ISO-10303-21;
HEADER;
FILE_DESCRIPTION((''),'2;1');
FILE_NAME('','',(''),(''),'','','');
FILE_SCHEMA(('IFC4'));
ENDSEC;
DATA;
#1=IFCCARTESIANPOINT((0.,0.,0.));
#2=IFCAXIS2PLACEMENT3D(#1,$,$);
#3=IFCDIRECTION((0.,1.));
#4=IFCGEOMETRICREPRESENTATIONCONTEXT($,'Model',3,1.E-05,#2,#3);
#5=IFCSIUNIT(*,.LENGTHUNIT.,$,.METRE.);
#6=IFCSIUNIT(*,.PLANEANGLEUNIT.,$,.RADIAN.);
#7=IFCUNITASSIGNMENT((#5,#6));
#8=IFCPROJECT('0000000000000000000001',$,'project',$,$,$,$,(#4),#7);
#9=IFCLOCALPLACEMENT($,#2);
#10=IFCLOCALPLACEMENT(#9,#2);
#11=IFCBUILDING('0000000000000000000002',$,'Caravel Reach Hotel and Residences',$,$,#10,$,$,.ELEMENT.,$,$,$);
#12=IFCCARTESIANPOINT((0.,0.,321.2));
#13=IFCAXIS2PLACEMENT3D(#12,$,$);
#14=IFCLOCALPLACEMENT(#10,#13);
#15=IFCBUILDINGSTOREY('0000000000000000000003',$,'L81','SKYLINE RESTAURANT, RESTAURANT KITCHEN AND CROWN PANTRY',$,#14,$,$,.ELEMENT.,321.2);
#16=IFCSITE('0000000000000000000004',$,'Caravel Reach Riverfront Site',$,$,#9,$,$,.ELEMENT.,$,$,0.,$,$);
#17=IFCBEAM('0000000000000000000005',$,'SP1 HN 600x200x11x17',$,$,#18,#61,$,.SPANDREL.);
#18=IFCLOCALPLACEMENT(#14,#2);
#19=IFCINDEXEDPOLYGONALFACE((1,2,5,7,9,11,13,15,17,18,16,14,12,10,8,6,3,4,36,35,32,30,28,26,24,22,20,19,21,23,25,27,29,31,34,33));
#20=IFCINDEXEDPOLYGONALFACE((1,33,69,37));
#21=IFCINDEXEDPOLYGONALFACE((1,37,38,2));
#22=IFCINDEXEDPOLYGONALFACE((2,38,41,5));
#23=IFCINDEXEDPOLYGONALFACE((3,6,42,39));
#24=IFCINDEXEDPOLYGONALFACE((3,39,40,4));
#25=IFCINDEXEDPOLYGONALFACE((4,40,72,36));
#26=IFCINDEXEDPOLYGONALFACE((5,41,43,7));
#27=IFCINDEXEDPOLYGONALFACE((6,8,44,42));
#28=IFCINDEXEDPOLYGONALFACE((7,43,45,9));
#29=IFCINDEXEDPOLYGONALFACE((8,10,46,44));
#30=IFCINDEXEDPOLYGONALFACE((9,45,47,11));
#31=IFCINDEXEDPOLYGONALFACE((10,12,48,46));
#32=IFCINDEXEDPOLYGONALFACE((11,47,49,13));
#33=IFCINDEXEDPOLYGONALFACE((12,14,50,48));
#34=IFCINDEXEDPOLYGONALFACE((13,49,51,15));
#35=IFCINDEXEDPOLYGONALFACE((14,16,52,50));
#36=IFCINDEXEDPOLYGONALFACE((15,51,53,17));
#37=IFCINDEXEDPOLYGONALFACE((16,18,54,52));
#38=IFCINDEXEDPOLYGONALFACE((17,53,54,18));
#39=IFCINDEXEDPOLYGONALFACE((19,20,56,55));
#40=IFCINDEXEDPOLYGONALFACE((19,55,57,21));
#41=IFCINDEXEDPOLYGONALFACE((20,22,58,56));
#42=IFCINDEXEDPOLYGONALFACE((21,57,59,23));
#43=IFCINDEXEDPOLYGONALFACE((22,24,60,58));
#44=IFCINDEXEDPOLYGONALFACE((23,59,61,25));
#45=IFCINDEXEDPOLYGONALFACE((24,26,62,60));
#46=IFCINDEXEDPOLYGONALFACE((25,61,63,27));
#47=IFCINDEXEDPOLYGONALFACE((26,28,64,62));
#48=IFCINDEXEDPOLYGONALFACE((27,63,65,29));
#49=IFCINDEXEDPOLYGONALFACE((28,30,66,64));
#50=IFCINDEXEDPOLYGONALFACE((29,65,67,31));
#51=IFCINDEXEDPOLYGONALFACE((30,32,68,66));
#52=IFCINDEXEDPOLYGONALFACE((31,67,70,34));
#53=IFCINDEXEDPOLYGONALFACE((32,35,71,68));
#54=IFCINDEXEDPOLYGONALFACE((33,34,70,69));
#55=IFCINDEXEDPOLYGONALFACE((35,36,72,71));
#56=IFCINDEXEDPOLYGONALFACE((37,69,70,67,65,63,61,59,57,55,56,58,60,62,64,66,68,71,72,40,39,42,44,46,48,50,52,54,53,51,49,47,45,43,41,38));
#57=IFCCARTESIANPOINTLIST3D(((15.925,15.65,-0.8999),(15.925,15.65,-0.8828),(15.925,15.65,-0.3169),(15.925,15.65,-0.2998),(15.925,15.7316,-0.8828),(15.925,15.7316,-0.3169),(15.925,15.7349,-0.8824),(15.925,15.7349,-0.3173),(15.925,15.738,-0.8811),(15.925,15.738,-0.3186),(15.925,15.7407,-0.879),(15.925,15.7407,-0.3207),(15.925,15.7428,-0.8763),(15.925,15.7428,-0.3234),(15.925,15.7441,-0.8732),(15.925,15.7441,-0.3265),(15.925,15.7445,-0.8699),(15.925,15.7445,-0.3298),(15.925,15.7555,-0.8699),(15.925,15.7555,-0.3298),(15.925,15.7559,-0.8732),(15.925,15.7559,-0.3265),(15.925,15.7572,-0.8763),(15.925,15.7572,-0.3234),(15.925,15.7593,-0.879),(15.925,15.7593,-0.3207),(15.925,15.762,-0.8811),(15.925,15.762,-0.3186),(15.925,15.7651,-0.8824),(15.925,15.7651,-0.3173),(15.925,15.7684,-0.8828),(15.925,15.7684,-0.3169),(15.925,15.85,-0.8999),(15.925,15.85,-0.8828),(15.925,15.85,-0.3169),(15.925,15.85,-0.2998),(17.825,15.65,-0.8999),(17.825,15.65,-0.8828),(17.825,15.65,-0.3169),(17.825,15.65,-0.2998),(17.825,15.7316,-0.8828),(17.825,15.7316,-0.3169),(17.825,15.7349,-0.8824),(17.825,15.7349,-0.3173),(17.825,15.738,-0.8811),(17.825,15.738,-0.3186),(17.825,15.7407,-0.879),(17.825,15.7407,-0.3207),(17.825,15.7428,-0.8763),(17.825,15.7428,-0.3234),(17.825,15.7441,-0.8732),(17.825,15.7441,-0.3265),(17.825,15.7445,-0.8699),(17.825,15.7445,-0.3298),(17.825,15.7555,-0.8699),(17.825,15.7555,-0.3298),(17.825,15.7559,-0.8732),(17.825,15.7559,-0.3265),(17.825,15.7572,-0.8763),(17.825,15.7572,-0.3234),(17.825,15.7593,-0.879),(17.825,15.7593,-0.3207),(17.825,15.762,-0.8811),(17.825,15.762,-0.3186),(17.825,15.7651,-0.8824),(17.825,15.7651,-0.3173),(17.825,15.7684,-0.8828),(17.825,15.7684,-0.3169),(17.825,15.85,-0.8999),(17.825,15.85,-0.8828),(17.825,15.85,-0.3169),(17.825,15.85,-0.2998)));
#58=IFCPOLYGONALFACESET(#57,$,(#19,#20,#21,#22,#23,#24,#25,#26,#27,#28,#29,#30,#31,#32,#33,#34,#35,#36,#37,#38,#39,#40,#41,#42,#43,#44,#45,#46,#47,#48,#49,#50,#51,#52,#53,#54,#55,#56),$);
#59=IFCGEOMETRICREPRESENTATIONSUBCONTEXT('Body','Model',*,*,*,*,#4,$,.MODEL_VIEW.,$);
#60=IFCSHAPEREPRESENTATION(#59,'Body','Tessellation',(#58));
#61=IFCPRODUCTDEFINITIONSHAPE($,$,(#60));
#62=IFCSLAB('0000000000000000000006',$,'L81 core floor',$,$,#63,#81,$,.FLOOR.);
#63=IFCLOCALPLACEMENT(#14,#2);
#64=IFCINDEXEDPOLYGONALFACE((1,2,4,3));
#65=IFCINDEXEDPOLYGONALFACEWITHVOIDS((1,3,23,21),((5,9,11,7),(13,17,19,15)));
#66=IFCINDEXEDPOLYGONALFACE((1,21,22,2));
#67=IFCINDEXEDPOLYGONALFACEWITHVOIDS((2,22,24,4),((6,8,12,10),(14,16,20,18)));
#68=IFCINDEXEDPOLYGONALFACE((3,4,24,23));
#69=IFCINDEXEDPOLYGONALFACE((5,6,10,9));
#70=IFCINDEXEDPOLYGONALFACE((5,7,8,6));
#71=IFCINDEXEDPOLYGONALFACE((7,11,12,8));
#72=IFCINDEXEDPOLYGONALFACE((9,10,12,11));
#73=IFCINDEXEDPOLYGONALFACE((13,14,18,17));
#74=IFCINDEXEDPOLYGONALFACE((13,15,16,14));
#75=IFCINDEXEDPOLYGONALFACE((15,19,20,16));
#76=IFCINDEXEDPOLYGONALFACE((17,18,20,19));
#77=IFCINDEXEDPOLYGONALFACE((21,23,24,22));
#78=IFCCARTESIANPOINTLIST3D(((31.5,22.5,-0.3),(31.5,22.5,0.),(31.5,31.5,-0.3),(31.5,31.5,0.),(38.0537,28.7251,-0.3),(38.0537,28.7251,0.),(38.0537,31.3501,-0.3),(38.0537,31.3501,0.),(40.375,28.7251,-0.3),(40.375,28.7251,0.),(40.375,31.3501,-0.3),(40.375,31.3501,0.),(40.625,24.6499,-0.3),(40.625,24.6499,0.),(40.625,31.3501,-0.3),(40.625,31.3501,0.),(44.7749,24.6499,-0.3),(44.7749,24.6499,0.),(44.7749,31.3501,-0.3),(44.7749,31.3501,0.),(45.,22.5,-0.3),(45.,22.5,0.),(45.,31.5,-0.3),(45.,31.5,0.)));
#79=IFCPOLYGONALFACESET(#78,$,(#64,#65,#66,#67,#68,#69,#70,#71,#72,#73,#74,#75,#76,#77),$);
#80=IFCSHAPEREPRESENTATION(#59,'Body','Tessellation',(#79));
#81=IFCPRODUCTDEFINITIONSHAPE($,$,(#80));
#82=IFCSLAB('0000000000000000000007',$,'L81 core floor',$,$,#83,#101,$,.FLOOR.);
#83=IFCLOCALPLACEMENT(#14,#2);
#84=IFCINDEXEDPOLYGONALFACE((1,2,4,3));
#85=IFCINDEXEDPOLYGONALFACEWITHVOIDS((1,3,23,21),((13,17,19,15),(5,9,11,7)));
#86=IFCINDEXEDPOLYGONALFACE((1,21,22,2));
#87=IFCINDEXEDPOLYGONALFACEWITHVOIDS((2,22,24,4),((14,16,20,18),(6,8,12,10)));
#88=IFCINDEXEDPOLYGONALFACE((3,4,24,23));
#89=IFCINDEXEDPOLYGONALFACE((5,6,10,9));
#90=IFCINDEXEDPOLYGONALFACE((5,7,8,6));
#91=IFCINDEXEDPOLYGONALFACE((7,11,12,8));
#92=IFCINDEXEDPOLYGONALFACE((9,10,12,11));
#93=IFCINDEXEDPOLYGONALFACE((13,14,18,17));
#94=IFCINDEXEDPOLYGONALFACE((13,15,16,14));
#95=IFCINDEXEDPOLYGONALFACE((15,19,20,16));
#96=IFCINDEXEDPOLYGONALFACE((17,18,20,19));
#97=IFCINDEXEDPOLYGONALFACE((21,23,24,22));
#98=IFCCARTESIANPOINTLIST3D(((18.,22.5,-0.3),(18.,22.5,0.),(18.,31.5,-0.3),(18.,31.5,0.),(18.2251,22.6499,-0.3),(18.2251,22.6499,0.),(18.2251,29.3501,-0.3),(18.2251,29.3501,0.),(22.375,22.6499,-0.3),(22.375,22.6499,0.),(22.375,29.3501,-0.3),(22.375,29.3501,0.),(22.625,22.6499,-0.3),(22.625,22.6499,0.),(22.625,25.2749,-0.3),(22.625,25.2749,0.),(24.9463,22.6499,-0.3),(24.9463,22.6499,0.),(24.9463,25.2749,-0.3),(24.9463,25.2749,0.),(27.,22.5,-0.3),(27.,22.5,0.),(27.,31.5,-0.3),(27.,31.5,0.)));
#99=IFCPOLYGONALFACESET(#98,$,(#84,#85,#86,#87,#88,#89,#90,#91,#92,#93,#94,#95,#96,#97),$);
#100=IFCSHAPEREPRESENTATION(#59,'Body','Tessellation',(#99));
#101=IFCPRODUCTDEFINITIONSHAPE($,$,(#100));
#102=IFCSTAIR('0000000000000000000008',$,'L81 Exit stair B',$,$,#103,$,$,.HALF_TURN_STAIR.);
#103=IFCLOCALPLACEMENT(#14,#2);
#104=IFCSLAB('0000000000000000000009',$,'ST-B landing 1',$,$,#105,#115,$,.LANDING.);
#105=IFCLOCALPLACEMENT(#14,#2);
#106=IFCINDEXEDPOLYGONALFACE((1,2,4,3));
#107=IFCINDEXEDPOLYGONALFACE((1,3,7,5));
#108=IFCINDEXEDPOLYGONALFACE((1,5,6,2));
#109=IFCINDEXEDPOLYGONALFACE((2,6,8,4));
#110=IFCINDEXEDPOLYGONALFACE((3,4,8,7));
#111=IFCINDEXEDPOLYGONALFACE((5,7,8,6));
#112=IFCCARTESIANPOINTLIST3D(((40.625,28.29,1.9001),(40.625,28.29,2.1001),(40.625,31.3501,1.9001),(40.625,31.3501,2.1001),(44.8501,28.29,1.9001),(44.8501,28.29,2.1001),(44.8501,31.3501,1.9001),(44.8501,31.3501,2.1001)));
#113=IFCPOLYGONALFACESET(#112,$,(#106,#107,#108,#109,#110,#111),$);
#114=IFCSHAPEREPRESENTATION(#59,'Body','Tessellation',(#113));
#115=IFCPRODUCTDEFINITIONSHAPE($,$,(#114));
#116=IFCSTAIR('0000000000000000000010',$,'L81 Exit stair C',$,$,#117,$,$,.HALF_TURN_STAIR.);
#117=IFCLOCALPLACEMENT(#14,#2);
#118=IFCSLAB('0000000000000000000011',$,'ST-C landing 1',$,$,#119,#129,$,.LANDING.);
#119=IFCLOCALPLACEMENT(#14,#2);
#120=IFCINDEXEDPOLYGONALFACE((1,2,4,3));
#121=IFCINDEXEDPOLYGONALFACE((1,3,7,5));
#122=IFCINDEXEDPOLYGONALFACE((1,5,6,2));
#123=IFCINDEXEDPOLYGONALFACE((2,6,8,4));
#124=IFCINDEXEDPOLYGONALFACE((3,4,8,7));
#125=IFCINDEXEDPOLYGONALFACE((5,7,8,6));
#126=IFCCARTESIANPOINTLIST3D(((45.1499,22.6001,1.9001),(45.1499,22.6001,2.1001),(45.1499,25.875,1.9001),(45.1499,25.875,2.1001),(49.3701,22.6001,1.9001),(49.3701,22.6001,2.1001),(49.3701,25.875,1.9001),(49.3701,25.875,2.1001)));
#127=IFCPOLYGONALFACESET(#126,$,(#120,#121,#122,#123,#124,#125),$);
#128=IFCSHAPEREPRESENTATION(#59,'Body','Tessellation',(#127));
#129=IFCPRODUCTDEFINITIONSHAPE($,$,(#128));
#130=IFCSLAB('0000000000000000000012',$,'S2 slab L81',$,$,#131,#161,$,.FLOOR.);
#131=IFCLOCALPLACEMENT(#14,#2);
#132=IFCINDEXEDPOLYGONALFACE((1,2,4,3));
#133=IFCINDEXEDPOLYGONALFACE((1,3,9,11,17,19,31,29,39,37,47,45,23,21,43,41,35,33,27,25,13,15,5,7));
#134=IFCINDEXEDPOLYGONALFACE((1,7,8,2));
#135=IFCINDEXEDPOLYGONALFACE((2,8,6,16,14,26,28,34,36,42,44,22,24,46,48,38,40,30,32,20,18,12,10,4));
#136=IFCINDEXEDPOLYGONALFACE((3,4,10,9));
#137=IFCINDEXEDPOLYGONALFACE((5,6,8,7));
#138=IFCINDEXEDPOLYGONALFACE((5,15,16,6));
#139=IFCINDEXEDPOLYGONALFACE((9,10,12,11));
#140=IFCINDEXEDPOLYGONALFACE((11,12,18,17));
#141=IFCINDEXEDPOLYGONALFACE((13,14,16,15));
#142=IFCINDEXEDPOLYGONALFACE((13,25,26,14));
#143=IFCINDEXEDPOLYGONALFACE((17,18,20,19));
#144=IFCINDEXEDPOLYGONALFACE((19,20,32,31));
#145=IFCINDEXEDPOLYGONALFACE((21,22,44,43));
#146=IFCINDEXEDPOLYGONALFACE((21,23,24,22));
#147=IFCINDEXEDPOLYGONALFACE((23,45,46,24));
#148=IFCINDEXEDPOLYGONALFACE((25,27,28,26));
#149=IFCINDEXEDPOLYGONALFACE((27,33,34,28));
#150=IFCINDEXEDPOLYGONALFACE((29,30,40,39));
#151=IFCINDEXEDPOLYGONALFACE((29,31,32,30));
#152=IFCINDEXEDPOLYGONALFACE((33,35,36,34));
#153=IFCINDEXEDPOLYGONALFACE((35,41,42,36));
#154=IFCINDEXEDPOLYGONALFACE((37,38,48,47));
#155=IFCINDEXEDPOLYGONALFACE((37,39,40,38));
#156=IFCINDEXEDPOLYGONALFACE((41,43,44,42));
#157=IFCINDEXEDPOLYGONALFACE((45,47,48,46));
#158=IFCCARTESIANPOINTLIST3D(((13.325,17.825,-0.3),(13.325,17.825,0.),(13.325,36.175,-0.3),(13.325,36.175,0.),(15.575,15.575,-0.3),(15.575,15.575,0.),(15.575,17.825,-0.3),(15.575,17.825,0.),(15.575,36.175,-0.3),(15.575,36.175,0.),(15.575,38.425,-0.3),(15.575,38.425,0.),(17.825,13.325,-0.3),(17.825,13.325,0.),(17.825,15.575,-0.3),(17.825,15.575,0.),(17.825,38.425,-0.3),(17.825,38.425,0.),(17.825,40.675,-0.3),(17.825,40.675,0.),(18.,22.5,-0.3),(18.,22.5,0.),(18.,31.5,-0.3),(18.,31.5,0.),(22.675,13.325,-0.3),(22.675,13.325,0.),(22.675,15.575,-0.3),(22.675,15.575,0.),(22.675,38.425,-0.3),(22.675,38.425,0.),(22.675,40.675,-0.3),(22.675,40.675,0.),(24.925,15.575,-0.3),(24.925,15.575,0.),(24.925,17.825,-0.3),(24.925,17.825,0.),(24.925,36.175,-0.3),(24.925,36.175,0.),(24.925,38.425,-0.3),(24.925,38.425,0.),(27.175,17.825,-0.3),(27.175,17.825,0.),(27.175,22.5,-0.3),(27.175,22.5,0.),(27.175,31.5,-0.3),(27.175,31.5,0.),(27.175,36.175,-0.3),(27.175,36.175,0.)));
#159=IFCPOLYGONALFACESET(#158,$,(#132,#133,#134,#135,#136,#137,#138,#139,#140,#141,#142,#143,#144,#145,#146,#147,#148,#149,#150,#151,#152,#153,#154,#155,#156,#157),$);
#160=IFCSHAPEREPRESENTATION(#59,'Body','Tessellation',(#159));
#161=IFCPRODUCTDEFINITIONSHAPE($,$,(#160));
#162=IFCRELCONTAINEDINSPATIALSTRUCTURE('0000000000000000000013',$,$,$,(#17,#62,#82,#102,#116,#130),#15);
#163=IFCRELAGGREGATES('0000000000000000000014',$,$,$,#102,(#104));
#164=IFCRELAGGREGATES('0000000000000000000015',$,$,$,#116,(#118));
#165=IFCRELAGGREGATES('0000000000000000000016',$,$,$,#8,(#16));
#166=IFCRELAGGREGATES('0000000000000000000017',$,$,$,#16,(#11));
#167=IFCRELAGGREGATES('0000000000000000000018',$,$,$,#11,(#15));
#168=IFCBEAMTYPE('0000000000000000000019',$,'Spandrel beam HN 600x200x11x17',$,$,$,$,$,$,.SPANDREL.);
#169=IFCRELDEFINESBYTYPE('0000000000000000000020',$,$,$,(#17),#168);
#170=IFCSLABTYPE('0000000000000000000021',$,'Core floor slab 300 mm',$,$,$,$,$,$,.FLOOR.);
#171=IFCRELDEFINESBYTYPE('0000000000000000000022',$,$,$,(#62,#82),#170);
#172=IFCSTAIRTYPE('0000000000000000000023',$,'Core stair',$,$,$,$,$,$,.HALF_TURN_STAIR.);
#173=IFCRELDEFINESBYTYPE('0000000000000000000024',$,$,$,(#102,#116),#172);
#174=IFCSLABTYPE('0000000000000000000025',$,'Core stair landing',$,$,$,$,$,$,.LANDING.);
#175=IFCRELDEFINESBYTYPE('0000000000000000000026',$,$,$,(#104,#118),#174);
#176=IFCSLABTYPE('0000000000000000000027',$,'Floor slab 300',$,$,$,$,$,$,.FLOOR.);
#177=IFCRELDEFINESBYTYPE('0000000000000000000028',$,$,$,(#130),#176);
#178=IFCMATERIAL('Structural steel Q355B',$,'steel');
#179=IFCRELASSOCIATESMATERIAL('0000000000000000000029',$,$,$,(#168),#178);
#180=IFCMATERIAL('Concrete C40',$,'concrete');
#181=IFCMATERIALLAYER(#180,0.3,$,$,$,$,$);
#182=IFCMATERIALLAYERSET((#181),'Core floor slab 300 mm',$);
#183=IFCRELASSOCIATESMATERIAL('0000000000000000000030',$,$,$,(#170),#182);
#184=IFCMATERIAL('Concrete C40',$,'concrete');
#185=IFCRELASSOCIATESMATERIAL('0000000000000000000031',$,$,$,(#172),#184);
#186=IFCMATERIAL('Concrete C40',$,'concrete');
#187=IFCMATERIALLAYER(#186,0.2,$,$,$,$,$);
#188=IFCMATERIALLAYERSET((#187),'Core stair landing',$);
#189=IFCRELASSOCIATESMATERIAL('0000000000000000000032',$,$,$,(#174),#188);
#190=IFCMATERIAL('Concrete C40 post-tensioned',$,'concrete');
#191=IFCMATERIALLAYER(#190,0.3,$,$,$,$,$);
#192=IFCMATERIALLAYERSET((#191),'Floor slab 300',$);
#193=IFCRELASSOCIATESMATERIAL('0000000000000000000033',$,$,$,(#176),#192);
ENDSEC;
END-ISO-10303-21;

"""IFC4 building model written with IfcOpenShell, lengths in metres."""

from ifc_helpers import new_model, si_unit, direction, frame, origin, origin_2d, place, context, subcontext, project, spatial, polyline, i_section, outline, extrude, material, layer, layer_set, material_profile, profile_set, type_object, element, aggregate, save


model = new_model("IFC4")

# Units and contexts
model_context = context("Model", 3, precision=1e-05, world=origin(), true_north=direction((0.0, 1.0)))
body_context = subcontext(model_context, "Body", "Model", "MODEL_VIEW")
ifc_project = project(units=[si_unit("LENGTHUNIT", "METRE"), si_unit("PLANEANGLEUNIT", "RADIAN")], contexts=[model_context])

# Site, building, storey
site_placement = place(None, origin())
site = spatial("IfcSite", under=ifc_project, at=site_placement, Name="Caravel Reach Riverfront Site", CompositionType="ELEMENT", RefElevation=0.0)
building_placement = place(site_placement, origin())
building = spatial("IfcBuilding", under=site, at=building_placement, Name="Caravel Reach Hotel and Residences", CompositionType="ELEMENT")
storey_placement = place(building_placement, frame((0.0, 0.0, 321.2)))
storey = spatial("IfcBuildingStorey", under=building, at=storey_placement, Name="L81", Description="SKYLINE RESTAURANT, RESTAURANT KITCHEN AND CROWN PANTRY", CompositionType="ELEMENT", Elevation=321.2)

# Beam
ifc_material_1 = material(Name="Structural steel Q355B", Category="steel")
ifc_material_profile_1 = material_profile(ifc_material_1, i_section(OverallWidth=0.2, OverallDepth=0.6001, WebThickness=0.011, FlangeThickness=0.0171, FilletRadius=0.0129, at=origin_2d()), Name="HN 600x200x11x17")
ifc_profile_set_1 = profile_set([ifc_material_profile_1], Name="Structural steel Q355B")
beam_type_1 = type_object("IfcBeamType", Name="Spandrel beam HN 600x200x11x17", PredefinedType="SPANDREL", material=ifc_profile_set_1)
for number, where, z_axis, x_axis, name in (
    (1, (15.925, 15.75, -0.5999), (1.0, 0.0, 0.0), (0.0, 1.0, 0.0), "SP1 HN 600x200x11x17"),
):
    element("IfcBeam", number, at=place(storey_placement, frame(where, z_axis=z_axis, x_axis=x_axis)), inside=storey, type_object=beam_type_1, Name=name, PredefinedType="SPANDREL", context=body_context, shape_type="SweptSolid", body=[
        extrude(i_section(OverallWidth=0.2, OverallDepth=0.6001, WebThickness=0.011, FlangeThickness=0.0171, FilletRadius=0.0129, at=origin_2d()), origin(), (0.0, 0.0, 1.0), 1.8999),
    ])

# Slabs
ifc_material_2 = material(Name="Concrete C40", Category="concrete")
ifc_layer_1 = layer(ifc_material_2, 0.3)
ifc_layer_set_1 = layer_set([ifc_layer_1], Name="Core floor slab 300 mm")
slab_type_1 = type_object("IfcSlabType", Name="Core floor slab 300 mm", PredefinedType="FLOOR", material=ifc_layer_set_1)
slab_1_placement = place(storey_placement, frame((0.0, 0.0, -0.3)))
element("IfcSlab", 2, at=slab_1_placement, inside=storey, type_object=slab_type_1, Name="L81 core floor", PredefinedType="FLOOR", context=body_context, shape_type="SweptSolid", body=[
    extrude(outline(polyline([(45.0, 22.5), (31.5, 22.5), (31.5, 31.5), (45.0, 31.5), (45.0, 22.5)]), holes=[polyline([(40.625, 24.6499), (44.7749, 24.6499), (44.7749, 31.3501), (40.625, 31.3501), (40.625, 24.6499)]), polyline([(38.0537, 28.7251), (40.375, 28.7251), (40.375, 31.3501), (38.0537, 31.3501), (38.0537, 28.7251)])]), origin(), (0.0, 0.0, 1.0), 0.3),
])
slab_2_placement = place(storey_placement, frame((0.0, 0.0, -0.3)))
element("IfcSlab", 3, at=slab_2_placement, inside=storey, type_object=slab_type_1, Name="L81 core floor", PredefinedType="FLOOR", context=body_context, shape_type="SweptSolid", body=[
    extrude(outline(polyline([(18.0, 31.5), (27.0, 31.5), (27.0, 22.5), (18.0, 22.5), (18.0, 31.5)]), holes=[polyline([(22.625, 22.6499), (24.9463, 22.6499), (24.9463, 25.2749), (22.625, 25.2749), (22.625, 22.6499)]), polyline([(22.375, 29.3501), (18.2251, 29.3501), (18.2251, 22.6499), (22.375, 22.6499), (22.375, 29.3501)])]), origin(), (0.0, 0.0, 1.0), 0.3),
])

# Stairs, slabs
ifc_material_3 = material(Name="Concrete C40", Category="concrete")
stair_type = type_object("IfcStairType", Name="Core stair", PredefinedType="HALF_TURN_STAIR", material=ifc_material_3)
stair_1_placement = place(storey_placement, origin())
stair_1 = element("IfcStair", 4, at=stair_1_placement, inside=storey, type_object=stair_type, Name="L81 Exit stair B", PredefinedType="HALF_TURN_STAIR")
ifc_material_4 = material(Name="Concrete C40", Category="concrete")
ifc_layer_2 = layer(ifc_material_4, 0.2)
ifc_layer_set_2 = layer_set([ifc_layer_2], Name="Core stair landing")
slab_type_2 = type_object("IfcSlabType", Name="Core stair landing", PredefinedType="LANDING", material=ifc_layer_set_2)
slab_3_placement = place(storey_placement, frame((0.0, 0.0, 1.9001)))
slab_3 = element("IfcSlab", 5, at=slab_3_placement, type_object=slab_type_2, Name="ST-B landing 1", PredefinedType="LANDING", context=body_context, shape_type="SweptSolid", body=[
    extrude(outline(polyline([(44.8501, 28.29), (44.8501, 31.3501), (40.625, 31.3501), (40.625, 28.29), (44.8501, 28.29)])), origin(), (0.0, 0.0, 1.0), 0.2),
])
aggregate(stair_1, [slab_3])
stair_2_placement = place(storey_placement, origin())
stair_2 = element("IfcStair", 6, at=stair_2_placement, inside=storey, type_object=stair_type, Name="L81 Exit stair C", PredefinedType="HALF_TURN_STAIR")
slab_4_placement = place(storey_placement, frame((0.0, 0.0, 1.9001)))
slab_4 = element("IfcSlab", 7, at=slab_4_placement, type_object=slab_type_2, Name="ST-C landing 1", PredefinedType="LANDING", context=body_context, shape_type="SweptSolid", body=[
    extrude(outline(polyline([(45.1499, 25.875), (45.1499, 22.6001), (49.3701, 22.6001), (49.3701, 25.875), (45.1499, 25.875)])), origin(), (0.0, 0.0, 1.0), 0.2),
])
aggregate(stair_2, [slab_4])

# Slab
ifc_material_5 = material(Name="Concrete C40 post-tensioned", Category="concrete")
ifc_layer_3 = layer(ifc_material_5, 0.3)
ifc_layer_set_3 = layer_set([ifc_layer_3], Name="Floor slab 300")
slab_type_3 = type_object("IfcSlabType", Name="Floor slab 300", PredefinedType="FLOOR", material=ifc_layer_set_3)
slab_5_placement = place(storey_placement, frame((0.0, 0.0, -0.3)))
element("IfcSlab", 8, at=slab_5_placement, inside=storey, type_object=slab_type_3, Name="S2 slab L81", PredefinedType="FLOOR", context=body_context, shape_type="SweptSolid", body=[
    extrude(outline(polyline([(13.325, 17.825), (13.325, 36.175), (15.575, 36.175), (15.575, 38.425), (17.825, 38.425), (17.825, 40.675), (22.675, 40.675), (22.675, 38.425), (24.925, 38.425), (24.925, 36.175), (27.175, 36.175), (27.175, 31.5), (18.0, 31.5), (18.0, 22.5), (27.175, 22.5), (27.175, 17.825), (24.925, 17.825), (24.925, 15.575), (22.675, 15.575), (22.675, 13.325), (17.825, 13.325), (17.825, 15.575), (15.575, 15.575), (15.575, 17.825), (13.325, 17.825)])), origin(), (0.0, 0.0, 1.0), 0.3),
])

save(model, "model.ifc")
